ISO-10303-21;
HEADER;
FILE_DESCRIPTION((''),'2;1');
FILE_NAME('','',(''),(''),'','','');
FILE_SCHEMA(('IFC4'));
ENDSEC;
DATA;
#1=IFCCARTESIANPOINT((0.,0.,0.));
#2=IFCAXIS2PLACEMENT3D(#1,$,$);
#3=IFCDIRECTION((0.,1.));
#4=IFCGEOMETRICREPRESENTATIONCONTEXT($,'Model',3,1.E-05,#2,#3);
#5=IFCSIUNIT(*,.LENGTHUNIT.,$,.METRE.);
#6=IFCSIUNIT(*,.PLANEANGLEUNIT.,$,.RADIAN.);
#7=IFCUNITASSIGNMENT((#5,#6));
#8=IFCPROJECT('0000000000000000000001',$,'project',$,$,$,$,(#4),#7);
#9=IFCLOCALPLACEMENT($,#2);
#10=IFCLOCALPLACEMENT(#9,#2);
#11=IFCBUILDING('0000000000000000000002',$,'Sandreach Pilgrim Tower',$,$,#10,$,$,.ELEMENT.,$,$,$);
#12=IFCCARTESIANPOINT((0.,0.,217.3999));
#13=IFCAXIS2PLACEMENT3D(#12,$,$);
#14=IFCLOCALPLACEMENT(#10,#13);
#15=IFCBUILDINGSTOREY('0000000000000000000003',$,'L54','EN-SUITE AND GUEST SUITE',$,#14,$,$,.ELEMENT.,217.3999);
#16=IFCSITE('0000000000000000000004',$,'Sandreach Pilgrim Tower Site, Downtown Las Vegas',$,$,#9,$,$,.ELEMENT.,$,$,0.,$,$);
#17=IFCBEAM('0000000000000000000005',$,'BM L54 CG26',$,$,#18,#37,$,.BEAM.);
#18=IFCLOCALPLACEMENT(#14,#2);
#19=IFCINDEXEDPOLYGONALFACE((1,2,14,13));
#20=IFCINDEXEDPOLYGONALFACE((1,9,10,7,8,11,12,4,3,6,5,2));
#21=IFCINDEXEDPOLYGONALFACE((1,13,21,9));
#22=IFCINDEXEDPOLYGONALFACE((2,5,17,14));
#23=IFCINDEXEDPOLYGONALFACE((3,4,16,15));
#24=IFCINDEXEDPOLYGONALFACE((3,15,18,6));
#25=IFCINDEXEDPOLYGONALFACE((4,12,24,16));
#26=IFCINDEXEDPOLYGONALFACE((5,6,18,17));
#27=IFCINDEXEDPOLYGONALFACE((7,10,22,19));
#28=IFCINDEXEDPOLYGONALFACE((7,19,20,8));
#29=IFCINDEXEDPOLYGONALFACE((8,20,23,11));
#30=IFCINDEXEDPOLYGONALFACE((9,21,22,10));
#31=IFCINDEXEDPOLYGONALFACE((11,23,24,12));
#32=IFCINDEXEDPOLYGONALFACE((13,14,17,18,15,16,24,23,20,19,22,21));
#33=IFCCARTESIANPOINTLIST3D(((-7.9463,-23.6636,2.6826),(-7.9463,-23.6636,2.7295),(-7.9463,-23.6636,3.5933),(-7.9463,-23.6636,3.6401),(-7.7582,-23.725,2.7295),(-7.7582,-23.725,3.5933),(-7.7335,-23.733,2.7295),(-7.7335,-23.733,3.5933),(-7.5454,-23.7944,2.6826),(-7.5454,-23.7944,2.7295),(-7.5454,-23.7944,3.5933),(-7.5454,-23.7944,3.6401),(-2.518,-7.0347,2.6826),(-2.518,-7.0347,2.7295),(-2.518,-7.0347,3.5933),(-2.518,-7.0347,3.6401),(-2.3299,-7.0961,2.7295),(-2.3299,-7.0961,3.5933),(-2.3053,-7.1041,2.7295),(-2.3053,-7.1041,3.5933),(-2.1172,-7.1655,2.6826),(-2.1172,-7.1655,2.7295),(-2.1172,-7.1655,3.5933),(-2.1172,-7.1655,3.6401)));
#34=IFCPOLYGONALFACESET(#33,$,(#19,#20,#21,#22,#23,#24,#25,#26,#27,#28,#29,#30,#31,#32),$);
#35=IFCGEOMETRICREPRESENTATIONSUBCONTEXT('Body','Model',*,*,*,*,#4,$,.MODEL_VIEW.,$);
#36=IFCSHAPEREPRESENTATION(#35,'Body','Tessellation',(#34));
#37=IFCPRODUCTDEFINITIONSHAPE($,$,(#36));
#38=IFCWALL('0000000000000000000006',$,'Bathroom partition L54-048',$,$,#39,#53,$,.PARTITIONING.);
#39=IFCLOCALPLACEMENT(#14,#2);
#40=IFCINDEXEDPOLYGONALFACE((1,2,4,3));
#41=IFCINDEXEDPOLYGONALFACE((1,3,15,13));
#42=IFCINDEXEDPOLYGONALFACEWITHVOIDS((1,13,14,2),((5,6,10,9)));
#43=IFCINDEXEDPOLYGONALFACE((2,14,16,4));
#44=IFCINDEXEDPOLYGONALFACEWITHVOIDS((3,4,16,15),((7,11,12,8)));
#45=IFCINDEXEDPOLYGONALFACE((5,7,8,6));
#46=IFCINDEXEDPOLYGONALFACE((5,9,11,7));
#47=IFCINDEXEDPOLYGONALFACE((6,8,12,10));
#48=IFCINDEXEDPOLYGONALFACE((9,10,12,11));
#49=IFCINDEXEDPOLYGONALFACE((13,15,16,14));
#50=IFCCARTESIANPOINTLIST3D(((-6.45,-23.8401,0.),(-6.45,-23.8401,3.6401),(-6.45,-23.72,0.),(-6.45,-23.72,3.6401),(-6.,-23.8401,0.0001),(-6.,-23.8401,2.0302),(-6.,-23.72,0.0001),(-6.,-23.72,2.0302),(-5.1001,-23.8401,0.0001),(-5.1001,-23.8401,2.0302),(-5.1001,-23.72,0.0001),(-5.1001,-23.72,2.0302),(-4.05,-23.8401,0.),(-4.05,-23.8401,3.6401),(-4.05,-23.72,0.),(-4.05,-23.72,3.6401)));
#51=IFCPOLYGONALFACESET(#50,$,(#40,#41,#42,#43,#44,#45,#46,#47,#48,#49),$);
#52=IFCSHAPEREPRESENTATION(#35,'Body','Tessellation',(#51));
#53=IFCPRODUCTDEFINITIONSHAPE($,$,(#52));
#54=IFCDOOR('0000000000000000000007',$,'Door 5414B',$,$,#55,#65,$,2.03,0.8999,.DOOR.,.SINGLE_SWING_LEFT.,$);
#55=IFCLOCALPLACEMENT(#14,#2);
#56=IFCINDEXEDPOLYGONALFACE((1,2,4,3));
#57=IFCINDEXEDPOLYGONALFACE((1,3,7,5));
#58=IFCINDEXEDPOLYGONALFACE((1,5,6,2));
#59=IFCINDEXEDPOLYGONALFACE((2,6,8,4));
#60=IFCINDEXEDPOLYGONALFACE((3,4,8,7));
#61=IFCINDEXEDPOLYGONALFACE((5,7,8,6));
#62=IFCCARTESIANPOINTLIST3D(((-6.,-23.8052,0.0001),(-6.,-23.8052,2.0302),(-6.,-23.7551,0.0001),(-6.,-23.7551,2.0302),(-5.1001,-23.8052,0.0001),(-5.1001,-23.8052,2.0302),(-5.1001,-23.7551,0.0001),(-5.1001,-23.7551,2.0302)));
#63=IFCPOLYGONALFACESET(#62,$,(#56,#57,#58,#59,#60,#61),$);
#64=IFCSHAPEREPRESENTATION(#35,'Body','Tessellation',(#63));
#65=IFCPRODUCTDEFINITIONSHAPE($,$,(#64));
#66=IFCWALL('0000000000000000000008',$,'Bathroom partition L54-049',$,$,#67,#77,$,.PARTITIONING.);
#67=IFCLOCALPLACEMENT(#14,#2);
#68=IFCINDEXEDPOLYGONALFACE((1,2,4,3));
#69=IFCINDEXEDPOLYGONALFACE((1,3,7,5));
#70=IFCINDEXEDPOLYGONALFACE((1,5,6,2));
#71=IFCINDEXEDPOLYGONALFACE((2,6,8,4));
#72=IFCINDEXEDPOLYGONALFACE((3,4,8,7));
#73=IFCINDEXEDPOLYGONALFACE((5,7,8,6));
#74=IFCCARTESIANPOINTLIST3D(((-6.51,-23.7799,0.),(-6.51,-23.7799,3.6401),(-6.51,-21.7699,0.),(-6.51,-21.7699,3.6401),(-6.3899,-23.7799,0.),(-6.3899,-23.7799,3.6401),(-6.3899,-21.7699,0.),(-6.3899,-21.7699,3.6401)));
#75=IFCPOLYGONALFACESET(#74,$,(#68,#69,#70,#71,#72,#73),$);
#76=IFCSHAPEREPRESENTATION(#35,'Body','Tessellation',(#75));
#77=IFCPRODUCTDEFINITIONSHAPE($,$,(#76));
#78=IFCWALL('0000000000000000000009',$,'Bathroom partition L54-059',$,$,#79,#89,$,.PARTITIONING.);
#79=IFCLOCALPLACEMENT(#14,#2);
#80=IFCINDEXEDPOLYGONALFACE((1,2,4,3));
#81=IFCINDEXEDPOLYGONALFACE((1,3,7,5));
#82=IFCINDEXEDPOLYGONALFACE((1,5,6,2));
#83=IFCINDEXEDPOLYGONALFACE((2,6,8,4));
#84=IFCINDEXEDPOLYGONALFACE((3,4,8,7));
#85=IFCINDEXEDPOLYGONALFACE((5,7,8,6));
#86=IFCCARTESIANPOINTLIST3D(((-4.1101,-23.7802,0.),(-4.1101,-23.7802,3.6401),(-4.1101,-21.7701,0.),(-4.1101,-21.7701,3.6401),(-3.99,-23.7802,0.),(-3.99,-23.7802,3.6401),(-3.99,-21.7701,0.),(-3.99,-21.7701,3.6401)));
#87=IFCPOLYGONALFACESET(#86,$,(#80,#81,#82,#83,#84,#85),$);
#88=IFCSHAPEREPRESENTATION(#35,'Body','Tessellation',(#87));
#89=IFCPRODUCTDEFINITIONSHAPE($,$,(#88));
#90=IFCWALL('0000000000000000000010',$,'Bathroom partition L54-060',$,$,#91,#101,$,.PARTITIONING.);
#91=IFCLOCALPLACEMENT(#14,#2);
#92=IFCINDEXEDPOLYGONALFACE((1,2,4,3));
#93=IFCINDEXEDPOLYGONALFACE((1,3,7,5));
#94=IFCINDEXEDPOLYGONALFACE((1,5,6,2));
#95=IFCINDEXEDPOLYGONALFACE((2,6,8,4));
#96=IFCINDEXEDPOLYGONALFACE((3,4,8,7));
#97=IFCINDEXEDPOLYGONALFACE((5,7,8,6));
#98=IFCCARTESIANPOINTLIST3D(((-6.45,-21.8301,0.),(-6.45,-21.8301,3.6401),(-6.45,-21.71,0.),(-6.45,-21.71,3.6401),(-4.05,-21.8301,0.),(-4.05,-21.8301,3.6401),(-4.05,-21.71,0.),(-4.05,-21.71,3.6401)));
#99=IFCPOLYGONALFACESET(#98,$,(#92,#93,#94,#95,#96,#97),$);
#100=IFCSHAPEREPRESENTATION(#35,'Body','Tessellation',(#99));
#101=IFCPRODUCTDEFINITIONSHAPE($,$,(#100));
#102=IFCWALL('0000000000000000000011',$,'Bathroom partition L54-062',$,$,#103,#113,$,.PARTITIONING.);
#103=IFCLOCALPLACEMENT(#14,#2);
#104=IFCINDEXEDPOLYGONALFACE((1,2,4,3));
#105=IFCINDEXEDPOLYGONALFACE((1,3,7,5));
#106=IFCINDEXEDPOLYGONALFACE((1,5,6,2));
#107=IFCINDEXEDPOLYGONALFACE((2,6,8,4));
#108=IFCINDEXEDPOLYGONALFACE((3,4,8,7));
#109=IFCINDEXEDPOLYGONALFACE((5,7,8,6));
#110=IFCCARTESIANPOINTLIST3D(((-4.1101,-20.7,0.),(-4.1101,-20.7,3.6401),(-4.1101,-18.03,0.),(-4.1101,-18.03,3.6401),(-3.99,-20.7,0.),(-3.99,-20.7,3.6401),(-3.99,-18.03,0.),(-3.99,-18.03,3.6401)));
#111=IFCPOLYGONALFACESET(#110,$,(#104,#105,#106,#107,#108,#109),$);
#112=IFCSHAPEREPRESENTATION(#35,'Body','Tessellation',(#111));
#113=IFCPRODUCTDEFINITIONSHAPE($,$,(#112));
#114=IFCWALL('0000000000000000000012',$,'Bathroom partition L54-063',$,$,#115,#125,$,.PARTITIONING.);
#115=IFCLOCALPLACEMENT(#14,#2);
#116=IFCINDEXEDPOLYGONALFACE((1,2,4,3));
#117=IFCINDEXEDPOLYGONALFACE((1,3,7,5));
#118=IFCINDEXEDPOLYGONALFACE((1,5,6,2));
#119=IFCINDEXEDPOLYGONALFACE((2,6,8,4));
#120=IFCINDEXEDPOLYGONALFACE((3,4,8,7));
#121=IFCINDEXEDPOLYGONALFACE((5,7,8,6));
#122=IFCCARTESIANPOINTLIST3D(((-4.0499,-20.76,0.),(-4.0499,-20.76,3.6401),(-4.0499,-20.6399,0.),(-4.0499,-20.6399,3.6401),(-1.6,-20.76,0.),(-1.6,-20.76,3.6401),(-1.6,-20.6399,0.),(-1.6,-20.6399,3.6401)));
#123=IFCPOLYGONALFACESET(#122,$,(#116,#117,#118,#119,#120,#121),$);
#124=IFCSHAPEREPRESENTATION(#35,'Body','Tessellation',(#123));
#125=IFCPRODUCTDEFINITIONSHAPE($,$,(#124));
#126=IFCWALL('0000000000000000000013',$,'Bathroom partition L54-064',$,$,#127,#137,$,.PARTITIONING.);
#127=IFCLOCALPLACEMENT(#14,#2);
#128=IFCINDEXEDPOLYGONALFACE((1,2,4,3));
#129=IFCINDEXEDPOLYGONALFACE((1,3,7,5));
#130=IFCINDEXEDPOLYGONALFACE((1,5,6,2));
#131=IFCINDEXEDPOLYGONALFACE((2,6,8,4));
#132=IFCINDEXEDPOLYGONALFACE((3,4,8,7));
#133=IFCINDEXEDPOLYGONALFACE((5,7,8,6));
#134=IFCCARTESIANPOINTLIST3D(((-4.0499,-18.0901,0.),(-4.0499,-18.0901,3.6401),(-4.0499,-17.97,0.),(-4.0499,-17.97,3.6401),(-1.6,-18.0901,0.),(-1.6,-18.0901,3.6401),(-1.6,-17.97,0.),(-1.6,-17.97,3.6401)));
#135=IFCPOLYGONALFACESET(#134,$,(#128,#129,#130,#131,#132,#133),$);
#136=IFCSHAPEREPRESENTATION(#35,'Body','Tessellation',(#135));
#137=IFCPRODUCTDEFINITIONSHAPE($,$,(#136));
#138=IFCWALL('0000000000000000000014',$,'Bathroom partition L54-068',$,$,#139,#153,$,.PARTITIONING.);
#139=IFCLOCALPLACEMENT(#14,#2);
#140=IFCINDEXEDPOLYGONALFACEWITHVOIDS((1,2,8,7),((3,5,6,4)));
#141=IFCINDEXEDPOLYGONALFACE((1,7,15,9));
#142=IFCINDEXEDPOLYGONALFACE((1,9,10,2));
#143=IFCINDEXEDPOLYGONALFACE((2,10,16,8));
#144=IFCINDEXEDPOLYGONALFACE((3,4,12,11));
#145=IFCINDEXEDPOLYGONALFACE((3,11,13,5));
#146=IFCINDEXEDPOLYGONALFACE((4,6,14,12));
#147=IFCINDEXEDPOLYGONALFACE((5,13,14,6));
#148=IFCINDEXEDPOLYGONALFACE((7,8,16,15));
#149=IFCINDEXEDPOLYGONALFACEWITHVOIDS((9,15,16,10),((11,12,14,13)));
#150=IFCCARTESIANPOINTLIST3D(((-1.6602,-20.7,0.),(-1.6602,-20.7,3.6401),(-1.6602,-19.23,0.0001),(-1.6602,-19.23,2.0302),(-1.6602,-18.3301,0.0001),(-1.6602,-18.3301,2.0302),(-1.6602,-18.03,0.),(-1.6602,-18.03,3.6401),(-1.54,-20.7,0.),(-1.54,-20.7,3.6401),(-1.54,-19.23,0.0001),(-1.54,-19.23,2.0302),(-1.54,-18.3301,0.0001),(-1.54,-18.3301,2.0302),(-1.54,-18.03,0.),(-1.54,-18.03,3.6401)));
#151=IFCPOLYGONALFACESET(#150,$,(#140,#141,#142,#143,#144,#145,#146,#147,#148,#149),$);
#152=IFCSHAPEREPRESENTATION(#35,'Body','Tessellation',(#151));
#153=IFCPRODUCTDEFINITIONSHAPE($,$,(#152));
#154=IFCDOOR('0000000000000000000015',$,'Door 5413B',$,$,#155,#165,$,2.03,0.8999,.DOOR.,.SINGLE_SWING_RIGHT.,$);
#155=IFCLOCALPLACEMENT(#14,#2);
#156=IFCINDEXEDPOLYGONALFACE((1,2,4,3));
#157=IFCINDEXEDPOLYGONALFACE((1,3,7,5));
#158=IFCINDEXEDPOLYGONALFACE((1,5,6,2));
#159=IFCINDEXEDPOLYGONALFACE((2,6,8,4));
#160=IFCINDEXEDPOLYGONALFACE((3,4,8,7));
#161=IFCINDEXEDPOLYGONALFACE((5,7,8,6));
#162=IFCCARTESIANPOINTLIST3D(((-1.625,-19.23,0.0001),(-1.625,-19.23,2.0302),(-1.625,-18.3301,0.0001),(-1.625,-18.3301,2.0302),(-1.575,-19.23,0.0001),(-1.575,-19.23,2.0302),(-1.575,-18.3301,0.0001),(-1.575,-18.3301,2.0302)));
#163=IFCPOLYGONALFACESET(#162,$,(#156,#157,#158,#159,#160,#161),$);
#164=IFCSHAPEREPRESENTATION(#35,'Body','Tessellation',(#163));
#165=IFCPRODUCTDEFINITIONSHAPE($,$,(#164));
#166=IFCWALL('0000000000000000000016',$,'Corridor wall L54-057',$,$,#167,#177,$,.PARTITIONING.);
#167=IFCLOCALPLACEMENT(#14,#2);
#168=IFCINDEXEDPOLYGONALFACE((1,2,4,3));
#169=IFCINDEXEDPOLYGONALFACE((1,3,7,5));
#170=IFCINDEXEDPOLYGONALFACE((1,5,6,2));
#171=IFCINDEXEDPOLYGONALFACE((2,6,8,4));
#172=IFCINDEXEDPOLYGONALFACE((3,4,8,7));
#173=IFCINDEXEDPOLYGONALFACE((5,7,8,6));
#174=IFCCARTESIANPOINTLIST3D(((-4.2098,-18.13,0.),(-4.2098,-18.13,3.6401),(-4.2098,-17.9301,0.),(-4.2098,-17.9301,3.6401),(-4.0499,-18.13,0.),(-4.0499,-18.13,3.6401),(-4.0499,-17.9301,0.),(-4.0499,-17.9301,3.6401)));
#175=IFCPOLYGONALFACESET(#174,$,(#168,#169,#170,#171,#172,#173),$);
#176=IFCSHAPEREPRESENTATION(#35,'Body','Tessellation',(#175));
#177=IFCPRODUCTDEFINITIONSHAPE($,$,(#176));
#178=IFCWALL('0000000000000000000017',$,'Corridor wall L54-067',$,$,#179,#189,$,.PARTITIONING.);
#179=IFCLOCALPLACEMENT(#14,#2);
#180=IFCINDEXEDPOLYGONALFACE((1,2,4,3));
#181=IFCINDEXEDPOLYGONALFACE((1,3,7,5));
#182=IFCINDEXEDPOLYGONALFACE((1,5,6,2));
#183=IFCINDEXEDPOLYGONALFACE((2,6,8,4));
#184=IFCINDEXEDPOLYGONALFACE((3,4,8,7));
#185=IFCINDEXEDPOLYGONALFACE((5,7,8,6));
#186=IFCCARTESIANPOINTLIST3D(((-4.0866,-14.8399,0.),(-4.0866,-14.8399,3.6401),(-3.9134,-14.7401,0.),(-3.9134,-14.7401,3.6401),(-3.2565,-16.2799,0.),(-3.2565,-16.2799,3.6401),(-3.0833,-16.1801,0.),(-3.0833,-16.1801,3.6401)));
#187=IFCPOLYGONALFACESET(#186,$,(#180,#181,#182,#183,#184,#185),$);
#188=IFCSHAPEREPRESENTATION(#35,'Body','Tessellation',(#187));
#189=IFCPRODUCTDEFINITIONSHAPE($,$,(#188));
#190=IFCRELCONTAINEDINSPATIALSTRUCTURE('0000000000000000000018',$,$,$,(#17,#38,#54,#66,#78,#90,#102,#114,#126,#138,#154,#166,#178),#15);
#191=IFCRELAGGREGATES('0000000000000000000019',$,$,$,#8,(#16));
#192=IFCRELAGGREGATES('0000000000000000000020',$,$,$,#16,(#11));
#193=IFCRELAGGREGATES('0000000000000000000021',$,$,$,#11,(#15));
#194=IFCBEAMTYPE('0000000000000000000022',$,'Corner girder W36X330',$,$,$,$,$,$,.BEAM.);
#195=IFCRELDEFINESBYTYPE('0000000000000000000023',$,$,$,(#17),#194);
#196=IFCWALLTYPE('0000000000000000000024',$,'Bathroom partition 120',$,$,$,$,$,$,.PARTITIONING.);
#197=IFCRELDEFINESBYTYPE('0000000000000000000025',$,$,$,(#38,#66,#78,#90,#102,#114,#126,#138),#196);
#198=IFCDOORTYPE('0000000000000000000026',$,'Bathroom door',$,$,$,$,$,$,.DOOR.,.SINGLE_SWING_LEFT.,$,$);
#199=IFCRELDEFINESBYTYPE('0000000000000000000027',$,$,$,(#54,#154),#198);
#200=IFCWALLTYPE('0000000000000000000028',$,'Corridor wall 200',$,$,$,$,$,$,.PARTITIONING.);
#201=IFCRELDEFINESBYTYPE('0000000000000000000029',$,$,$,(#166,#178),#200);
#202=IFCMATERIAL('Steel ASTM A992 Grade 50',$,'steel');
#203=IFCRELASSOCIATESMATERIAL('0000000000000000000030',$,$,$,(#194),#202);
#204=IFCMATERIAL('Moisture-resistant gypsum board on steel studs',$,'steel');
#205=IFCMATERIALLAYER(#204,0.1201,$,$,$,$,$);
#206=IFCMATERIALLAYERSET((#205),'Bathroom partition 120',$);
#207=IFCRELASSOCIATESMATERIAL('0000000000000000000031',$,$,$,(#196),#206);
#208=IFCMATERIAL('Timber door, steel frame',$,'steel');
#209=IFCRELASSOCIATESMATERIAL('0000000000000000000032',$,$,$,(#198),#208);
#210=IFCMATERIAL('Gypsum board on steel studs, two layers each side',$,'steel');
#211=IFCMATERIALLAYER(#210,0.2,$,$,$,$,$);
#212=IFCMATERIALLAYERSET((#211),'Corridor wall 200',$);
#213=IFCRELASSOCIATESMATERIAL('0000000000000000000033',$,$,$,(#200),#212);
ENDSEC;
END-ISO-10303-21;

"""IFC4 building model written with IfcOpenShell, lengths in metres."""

from ifc_helpers import new_model, si_unit, direction, frame, frame_2d, origin, origin_2d, place, context, subcontext, project, spatial, rectangle, i_section, extrude, material, layer, layer_set, material_profile, profile_set, type_object, element, fill, save


model = new_model("IFC4")

# Units and contexts
model_context = context("Model", 3, precision=1e-05, world=origin(), true_north=direction((0.0, 1.0)))
body_context = subcontext(model_context, "Body", "Model", "MODEL_VIEW")
ifc_project = project(units=[si_unit("LENGTHUNIT", "METRE"), si_unit("PLANEANGLEUNIT", "RADIAN")], contexts=[model_context])

# Site, building, storey
site_placement = place(None, origin())
site = spatial("IfcSite", under=ifc_project, at=site_placement, Name="Sandreach Pilgrim Tower Site, Downtown Las Vegas", CompositionType="ELEMENT", RefElevation=0.0)
building_placement = place(site_placement, origin())
building = spatial("IfcBuilding", under=site, at=building_placement, Name="Sandreach Pilgrim Tower", CompositionType="ELEMENT")
storey_placement = place(building_placement, frame((0.0, 0.0, 217.3999)))
storey = spatial("IfcBuildingStorey", under=building, at=storey_placement, Name="L54", Description="EN-SUITE AND GUEST SUITE", CompositionType="ELEMENT", Elevation=217.3999)

# Beam
ifc_material_1 = material(Name="Steel ASTM A992 Grade 50", Category="steel")
ifc_material_profile = material_profile(ifc_material_1, i_section(OverallWidth=0.4216, OverallDepth=0.9575, WebThickness=0.0259, FlangeThickness=0.0469, at=origin_2d()), Name="W36X330")
ifc_profile_set = profile_set([ifc_material_profile], Name="Steel ASTM A992 Grade 50")
beam_type = type_object("IfcBeamType", Name="Corner girder W36X330", PredefinedType="BEAM", material=ifc_profile_set)
beam_placement = place(storey_placement, frame((-7.7458, -23.729, 3.1614), z_axis=(0.310318, 0.950633, 0.0), x_axis=(-0.950633, 0.310318, 0.0)))
element("IfcBeam", 1, at=beam_placement, inside=storey, type_object=beam_type, Name="BM L54 CG26", PredefinedType="BEAM", context=body_context, shape_type="SweptSolid", body=[
    extrude(i_section(OverallWidth=0.4216, OverallDepth=0.9575, WebThickness=0.0259, FlangeThickness=0.0469, at=origin_2d()), origin(), (0.0, 0.0, 1.0), 17.4924),
])

# Wall, opening, door
ifc_material_2 = material(Name="Moisture-resistant gypsum board on steel studs", Category="steel")
ifc_layer_1 = layer(ifc_material_2, 0.1201)
ifc_layer_set_1 = layer_set([ifc_layer_1], Name="Bathroom partition 120")
wall_type_1 = type_object("IfcWallType", Name="Bathroom partition 120", PredefinedType="PARTITIONING", material=ifc_layer_set_1)
wall_1_placement = place(storey_placement, frame((-6.45, -23.78, 0.0), z_axis=(0.0, 0.0, 1.0), x_axis=(1.0, 0.0, 0.0)))
wall_1 = element("IfcWall", 2, at=wall_1_placement, inside=storey, type_object=wall_type_1, Name="Bathroom partition L54-048", PredefinedType="PARTITIONING", context=body_context, shape_type="SweptSolid", body=[
    extrude(rectangle(XDim=2.3999, YDim=0.1201, at=frame_2d((1.2, 0.0))), origin(), (0.0, 0.0, 1.0), 3.6401),
])
opening_1_placement = place(wall_1_placement, frame((0.45, 0.0, 0.0)))
opening_1 = element("IfcOpeningElement", 3, at=opening_1_placement, cuts=wall_1, PredefinedType="OPENING", context=body_context, shape_type="SweptSolid", body=[
    extrude(rectangle(XDim=0.8999, YDim=2.03, at=frame_2d((0.45, 1.0151))), frame((0.0, 0.0601, 0.0), z_axis=(0.0, -1.0, 0.0), x_axis=(1.0, 0.0, 0.0)), (0.0, 0.0, 1.0), 0.1201),
])
ifc_material_3 = material(Name="Timber door, steel frame", Category="steel")
door_type_1 = type_object("IfcDoorType", Name="Bathroom door", OperationType="SINGLE_SWING_LEFT", PredefinedType="DOOR", material=ifc_material_3)
door_1_placement = place(opening_1_placement, origin())
door_1 = element("IfcDoor", 4, at=door_1_placement, inside=storey, type_object=door_type_1, Name="Door 5414B", OperationType="SINGLE_SWING_LEFT", OverallHeight=2.03, OverallWidth=0.8999, PredefinedType="DOOR", context=body_context, shape_type="SweptSolid", body=[
    extrude(rectangle(XDim=0.8999, YDim=2.03, at=frame_2d((0.45, 1.0151))), frame((0.0, 0.0249, 0.0), z_axis=(0.0, -1.0, 0.0), x_axis=(1.0, 0.0, 0.0)), (0.0, 0.0, 1.0), 0.05),
])
fill(opening_1, door_1)

# Walls
for number, where, z_axis, x_axis, name in (
    (5, (-6.45, -21.77, 0.0), (0.0, 0.0, 1.0), (0.0, -1.0, 0.0), "Bathroom partition L54-049"),
    (6, (-4.05, -23.78, 0.0), (0.0, 0.0, 1.0), (0.0, 1.0, 0.0), "Bathroom partition L54-059"),
):
    element("IfcWall", number, at=place(storey_placement, frame(where, z_axis=z_axis, x_axis=x_axis)), inside=storey, type_object=wall_type_1, Name=name, PredefinedType="PARTITIONING", context=body_context, shape_type="SweptSolid", body=[
        extrude(rectangle(XDim=2.01, YDim=0.1201, at=frame_2d((1.0049, 0.0))), origin(), (0.0, 0.0, 1.0), 3.6401),
    ])
wall_2_placement = place(storey_placement, frame((-4.05, -21.77, 0.0), z_axis=(0.0, 0.0, 1.0), x_axis=(-1.0, 0.0, 0.0)))
element("IfcWall", 7, at=wall_2_placement, inside=storey, type_object=wall_type_1, Name="Bathroom partition L54-060", PredefinedType="PARTITIONING", context=body_context, shape_type="SweptSolid", body=[
    extrude(rectangle(XDim=2.3999, YDim=0.1201, at=frame_2d((1.2, 0.0))), origin(), (0.0, 0.0, 1.0), 3.6401),
])
wall_3_placement = place(storey_placement, frame((-4.05, -20.7, 0.0), z_axis=(0.0, 0.0, 1.0), x_axis=(0.0, 1.0, 0.0)))
element("IfcWall", 8, at=wall_3_placement, inside=storey, type_object=wall_type_1, Name="Bathroom partition L54-062", PredefinedType="PARTITIONING", context=body_context, shape_type="SweptSolid", body=[
    extrude(rectangle(XDim=2.6699, YDim=0.1201, at=frame_2d((1.335, 0.0))), origin(), (0.0, 0.0, 1.0), 3.6401),
])
for number, where, z_axis, x_axis, name in (
    (9, (-4.05, -20.7, 0.0), (0.0, 0.0, 1.0), (1.0, 0.0, 0.0), "Bathroom partition L54-063"),
    (10, (-4.05, -18.03, 0.0), (0.0, 0.0, 1.0), (1.0, 0.0, 0.0), "Bathroom partition L54-064"),
):
    element("IfcWall", number, at=place(storey_placement, frame(where, z_axis=z_axis, x_axis=x_axis)), inside=storey, type_object=wall_type_1, Name=name, PredefinedType="PARTITIONING", context=body_context, shape_type="SweptSolid", body=[
        extrude(rectangle(XDim=2.45, YDim=0.1201, at=frame_2d((1.2251, 0.0))), origin(), (0.0, 0.0, 1.0), 3.6401),
    ])

# Wall, opening, door
wall_4_placement = place(storey_placement, frame((-1.6001, -20.7, 0.0), z_axis=(0.0, 0.0, 1.0), x_axis=(0.0, 1.0, 0.0)))
wall_4 = element("IfcWall", 11, at=wall_4_placement, inside=storey, type_object=wall_type_1, Name="Bathroom partition L54-068", PredefinedType="PARTITIONING", context=body_context, shape_type="SweptSolid", body=[
    extrude(rectangle(XDim=2.6699, YDim=0.1201, at=frame_2d((1.335, 0.0))), origin(), (0.0, 0.0, 1.0), 3.6401),
])
opening_2_placement = place(wall_4_placement, frame((1.47, 0.0, 0.0)))
opening_2 = element("IfcOpeningElement", 12, at=opening_2_placement, cuts=wall_4, PredefinedType="OPENING", context=body_context, shape_type="SweptSolid", body=[
    extrude(rectangle(XDim=0.8999, YDim=2.03, at=frame_2d((0.45, 1.0151))), frame((0.0, 0.0601, 0.0), z_axis=(0.0, -1.0, 0.0), x_axis=(1.0, 0.0, 0.0)), (0.0, 0.0, 1.0), 0.1201),
])
door_2_placement = place(opening_2_placement, origin())
door_2 = element("IfcDoor", 13, at=door_2_placement, inside=storey, type_object=door_type_1, Name="Door 5413B", OperationType="SINGLE_SWING_RIGHT", OverallHeight=2.03, OverallWidth=0.8999, PredefinedType="DOOR", context=body_context, shape_type="SweptSolid", body=[
    extrude(rectangle(XDim=0.8999, YDim=2.03, at=frame_2d((0.45, 1.0151))), frame((0.0, 0.0249, 0.0), z_axis=(0.0, -1.0, 0.0), x_axis=(1.0, 0.0, 0.0)), (0.0, 0.0, 1.0), 0.05),
])
fill(opening_2, door_2)
ifc_material_4 = material(Name="Gypsum board on steel studs, two layers each side", Category="steel")
ifc_layer_2 = layer(ifc_material_4, 0.2)
ifc_layer_set_2 = layer_set([ifc_layer_2], Name="Corridor wall 200")
wall_type_2 = type_object("IfcWallType", Name="Corridor wall 200", PredefinedType="PARTITIONING", material=ifc_layer_set_2)

# Wall
wall_5_placement = place(storey_placement, frame((-4.21, -18.03, 0.0), z_axis=(0.0, 0.0, 1.0), x_axis=(1.0, 0.0, 0.0)))
element("IfcWall", 14, at=wall_5_placement, inside=storey, type_object=wall_type_2, Name="Corridor wall L54-057", PredefinedType="PARTITIONING", context=body_context, shape_type="SweptSolid", body=[
    extrude(rectangle(XDim=0.1599, YDim=0.2, at=frame_2d((0.0801, 0.0))), origin(), (0.0, 0.0, 1.0), 3.6401),
])

# Wall
wall_6_placement = place(storey_placement, frame((-3.1699, -16.23, 0.0), z_axis=(0.0, 0.0, 1.0), x_axis=(-0.499426, 0.866357, 0.0)))
element("IfcWall", 15, at=wall_6_placement, inside=storey, type_object=wall_type_2, Name="Corridor wall L54-067", PredefinedType="PARTITIONING", context=body_context, shape_type="SweptSolid", body=[
    extrude(rectangle(XDim=1.6621, YDim=0.2, at=frame_2d((0.8311, 0.0))), origin(), (0.0, 0.0, 1.0), 3.6401),
])

save(model, "model.ifc")
